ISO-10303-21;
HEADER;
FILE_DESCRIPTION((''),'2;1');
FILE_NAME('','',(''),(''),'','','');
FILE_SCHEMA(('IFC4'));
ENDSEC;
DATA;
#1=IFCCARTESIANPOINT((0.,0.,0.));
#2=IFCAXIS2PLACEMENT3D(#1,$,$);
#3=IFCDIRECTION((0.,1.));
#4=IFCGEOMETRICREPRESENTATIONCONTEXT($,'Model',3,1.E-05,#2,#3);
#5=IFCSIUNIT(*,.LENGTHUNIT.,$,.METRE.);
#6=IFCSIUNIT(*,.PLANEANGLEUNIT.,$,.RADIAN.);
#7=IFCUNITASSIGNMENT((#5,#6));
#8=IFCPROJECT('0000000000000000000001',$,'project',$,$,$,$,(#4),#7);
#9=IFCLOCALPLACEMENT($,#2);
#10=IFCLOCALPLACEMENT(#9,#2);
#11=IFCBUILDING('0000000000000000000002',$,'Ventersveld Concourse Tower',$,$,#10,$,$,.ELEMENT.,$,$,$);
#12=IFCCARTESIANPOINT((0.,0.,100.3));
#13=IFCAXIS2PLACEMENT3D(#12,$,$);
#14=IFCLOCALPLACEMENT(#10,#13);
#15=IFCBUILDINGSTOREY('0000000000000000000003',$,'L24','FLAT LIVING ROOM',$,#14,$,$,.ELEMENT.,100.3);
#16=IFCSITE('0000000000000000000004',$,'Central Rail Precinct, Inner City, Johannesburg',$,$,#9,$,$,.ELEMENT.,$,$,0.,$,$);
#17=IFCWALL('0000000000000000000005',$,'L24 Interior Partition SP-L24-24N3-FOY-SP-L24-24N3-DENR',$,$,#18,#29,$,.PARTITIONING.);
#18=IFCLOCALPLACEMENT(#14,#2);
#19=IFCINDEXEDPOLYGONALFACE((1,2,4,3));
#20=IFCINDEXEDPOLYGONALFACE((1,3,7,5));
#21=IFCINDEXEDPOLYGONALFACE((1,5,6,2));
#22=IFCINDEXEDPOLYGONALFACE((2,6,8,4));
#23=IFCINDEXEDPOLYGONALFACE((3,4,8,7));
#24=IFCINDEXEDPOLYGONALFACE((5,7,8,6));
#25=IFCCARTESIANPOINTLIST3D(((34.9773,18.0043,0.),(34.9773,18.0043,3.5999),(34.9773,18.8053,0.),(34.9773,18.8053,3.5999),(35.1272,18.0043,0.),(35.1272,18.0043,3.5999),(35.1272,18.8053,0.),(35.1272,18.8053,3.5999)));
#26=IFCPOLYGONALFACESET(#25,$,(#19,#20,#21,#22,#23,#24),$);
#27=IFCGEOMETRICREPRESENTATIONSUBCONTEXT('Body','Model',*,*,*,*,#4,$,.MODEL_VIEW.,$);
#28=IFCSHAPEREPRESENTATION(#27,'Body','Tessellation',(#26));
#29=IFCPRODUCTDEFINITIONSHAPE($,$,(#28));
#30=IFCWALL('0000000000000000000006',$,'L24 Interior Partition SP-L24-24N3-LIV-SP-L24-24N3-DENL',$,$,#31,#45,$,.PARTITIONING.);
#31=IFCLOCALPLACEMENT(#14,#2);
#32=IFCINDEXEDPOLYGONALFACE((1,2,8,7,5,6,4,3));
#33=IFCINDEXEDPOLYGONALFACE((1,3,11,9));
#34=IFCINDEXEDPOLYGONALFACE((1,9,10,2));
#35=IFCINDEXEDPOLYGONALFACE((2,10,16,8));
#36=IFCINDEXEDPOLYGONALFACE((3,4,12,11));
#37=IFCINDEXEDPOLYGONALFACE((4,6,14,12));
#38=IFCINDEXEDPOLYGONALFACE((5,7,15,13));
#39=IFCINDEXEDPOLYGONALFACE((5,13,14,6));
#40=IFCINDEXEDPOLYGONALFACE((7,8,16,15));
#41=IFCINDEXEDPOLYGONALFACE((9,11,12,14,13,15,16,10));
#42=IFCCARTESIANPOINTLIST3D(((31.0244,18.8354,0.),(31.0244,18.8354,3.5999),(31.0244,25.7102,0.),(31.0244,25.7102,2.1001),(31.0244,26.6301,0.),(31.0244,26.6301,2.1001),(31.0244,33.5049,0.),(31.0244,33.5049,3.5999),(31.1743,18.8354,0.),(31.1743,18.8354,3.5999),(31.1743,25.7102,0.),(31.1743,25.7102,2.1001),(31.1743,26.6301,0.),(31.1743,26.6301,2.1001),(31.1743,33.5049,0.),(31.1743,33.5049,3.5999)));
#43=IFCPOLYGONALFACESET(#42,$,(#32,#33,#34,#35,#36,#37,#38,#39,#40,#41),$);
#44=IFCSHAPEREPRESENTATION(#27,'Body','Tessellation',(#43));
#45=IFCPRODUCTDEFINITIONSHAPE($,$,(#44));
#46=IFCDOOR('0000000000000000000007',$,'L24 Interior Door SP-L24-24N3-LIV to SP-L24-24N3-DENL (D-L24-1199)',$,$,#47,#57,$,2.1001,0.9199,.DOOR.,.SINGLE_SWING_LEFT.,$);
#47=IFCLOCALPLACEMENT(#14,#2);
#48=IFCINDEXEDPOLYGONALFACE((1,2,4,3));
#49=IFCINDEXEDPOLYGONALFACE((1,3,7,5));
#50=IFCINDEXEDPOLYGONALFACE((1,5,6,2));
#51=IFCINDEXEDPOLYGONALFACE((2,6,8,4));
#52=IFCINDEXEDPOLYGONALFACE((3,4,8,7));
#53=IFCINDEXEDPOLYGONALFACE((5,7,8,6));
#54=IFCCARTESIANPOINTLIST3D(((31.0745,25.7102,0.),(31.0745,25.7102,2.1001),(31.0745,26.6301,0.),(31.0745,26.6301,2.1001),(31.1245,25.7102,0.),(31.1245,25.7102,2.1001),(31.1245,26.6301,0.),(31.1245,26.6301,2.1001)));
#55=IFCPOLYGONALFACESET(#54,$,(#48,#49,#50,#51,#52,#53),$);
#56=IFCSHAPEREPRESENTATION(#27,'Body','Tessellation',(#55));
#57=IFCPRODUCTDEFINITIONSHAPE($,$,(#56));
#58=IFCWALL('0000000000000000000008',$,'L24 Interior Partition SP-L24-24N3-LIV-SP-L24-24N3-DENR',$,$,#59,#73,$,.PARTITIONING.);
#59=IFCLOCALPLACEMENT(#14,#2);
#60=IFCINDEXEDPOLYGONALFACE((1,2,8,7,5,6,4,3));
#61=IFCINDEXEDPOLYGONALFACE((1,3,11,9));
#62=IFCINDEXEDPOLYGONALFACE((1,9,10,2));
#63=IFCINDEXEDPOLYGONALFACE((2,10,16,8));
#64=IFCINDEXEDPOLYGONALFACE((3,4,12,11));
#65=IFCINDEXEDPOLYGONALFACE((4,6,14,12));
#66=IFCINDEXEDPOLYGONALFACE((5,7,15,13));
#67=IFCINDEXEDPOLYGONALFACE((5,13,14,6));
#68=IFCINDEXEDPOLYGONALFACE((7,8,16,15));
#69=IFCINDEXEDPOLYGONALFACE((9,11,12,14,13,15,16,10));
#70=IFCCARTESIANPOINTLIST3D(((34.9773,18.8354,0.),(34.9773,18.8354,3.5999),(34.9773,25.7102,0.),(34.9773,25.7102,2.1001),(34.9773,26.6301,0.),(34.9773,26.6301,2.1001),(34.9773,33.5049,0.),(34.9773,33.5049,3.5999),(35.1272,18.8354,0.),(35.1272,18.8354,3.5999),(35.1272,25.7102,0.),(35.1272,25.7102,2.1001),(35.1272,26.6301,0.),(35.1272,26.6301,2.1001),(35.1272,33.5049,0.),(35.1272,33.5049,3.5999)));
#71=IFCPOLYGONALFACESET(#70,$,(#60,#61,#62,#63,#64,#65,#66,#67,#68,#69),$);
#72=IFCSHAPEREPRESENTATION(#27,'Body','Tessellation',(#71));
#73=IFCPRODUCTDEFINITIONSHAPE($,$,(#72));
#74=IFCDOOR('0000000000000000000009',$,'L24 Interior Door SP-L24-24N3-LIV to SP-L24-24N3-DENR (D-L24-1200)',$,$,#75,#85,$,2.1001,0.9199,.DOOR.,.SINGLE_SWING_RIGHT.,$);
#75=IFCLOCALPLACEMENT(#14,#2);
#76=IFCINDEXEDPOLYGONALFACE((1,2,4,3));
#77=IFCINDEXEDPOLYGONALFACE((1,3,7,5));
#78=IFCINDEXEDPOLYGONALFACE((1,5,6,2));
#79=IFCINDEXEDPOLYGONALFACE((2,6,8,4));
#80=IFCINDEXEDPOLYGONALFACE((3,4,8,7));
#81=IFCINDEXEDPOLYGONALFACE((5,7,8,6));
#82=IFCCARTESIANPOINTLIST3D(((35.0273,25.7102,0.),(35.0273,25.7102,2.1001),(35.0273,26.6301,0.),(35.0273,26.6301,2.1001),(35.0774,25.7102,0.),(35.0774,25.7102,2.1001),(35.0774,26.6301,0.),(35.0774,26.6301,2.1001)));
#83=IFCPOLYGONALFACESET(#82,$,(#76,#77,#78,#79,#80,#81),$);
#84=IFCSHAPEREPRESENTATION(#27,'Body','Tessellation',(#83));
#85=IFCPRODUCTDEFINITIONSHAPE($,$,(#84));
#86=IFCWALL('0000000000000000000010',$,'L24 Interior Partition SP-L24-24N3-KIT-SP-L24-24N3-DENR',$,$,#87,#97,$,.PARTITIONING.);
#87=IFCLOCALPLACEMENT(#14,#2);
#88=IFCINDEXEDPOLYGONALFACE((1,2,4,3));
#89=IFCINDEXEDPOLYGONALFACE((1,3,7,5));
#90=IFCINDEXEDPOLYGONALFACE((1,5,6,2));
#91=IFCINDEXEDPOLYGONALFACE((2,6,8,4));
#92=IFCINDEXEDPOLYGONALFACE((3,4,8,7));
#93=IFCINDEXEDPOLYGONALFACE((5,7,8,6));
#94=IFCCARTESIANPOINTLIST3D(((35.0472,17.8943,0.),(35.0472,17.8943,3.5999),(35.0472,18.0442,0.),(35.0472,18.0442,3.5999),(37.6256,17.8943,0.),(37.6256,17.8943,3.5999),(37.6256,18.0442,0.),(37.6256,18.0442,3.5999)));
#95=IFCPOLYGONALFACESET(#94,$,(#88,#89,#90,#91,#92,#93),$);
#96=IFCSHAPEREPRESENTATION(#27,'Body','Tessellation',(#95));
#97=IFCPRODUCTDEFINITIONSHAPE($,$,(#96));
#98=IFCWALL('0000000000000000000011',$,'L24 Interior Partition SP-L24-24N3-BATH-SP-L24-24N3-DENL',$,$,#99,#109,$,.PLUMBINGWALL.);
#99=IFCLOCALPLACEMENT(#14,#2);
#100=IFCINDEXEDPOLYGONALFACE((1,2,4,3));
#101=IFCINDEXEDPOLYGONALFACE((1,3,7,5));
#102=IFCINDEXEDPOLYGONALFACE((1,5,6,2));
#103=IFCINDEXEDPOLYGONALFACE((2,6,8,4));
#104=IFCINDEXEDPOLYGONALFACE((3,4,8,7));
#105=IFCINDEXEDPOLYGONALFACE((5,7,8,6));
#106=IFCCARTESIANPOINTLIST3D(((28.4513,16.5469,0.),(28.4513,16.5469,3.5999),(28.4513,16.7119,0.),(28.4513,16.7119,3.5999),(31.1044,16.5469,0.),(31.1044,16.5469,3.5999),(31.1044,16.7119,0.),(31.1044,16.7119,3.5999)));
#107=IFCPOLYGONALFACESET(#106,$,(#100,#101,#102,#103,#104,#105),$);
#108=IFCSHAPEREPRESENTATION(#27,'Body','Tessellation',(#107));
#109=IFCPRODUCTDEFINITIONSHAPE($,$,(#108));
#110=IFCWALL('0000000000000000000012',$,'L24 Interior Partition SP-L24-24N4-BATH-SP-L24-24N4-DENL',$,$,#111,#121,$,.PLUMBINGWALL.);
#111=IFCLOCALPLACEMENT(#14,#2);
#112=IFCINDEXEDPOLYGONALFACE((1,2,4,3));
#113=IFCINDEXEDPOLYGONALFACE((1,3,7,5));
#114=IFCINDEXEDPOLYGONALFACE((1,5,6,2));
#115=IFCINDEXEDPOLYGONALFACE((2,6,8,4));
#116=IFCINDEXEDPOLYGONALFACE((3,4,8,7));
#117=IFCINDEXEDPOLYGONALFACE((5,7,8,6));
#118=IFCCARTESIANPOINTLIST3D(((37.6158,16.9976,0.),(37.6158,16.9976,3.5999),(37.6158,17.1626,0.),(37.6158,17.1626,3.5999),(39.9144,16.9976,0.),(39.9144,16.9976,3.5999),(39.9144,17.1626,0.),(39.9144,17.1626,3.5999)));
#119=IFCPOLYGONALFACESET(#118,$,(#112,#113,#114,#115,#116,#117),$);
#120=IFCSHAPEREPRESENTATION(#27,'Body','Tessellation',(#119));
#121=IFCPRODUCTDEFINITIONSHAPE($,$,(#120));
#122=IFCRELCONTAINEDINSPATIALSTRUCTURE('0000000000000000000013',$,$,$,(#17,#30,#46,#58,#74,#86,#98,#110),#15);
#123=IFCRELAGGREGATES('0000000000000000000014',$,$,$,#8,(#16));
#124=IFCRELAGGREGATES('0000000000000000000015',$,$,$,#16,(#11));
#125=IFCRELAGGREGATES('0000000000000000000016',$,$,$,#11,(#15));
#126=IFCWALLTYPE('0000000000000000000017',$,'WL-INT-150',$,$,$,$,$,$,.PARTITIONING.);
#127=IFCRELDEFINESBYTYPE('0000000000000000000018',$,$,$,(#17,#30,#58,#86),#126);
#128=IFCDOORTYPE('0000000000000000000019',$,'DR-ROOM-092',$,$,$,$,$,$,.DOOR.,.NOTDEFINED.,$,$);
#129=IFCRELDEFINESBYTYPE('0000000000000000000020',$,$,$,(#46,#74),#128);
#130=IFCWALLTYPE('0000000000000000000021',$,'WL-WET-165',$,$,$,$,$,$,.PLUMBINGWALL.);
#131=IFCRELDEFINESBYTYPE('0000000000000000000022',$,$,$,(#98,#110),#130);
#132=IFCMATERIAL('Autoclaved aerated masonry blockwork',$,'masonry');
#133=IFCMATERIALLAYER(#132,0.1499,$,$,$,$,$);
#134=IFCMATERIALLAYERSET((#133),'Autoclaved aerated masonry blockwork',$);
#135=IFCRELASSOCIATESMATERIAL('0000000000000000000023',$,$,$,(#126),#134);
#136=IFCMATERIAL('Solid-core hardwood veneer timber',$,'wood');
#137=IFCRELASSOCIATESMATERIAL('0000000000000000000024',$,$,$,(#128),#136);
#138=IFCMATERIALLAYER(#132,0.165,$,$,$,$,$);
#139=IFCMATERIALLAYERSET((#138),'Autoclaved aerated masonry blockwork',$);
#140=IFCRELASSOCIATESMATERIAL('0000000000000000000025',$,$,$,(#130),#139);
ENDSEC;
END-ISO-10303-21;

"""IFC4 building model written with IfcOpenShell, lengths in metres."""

from ifc_helpers import new_model, si_unit, direction, frame, frame_2d, origin, place, context, subcontext, project, spatial, rectangle, extrude, material, layer, layer_set, type_object, element, fill, save


model = new_model("IFC4")

# Units and contexts
model_context = context("Model", 3, precision=1e-05, world=origin(), true_north=direction((0.0, 1.0)))
body_context = subcontext(model_context, "Body", "Model", "MODEL_VIEW")
ifc_project = project(units=[si_unit("LENGTHUNIT", "METRE"), si_unit("PLANEANGLEUNIT", "RADIAN")], contexts=[model_context])

# Site, building, storey
site_placement = place(None, origin())
site = spatial("IfcSite", under=ifc_project, at=site_placement, Name="Central Rail Precinct, Inner City, Johannesburg", CompositionType="ELEMENT", RefElevation=0.0)
building_placement = place(site_placement, origin())
building = spatial("IfcBuilding", under=site, at=building_placement, Name="Ventersveld Concourse Tower", CompositionType="ELEMENT")
storey_placement = place(building_placement, frame((0.0, 0.0, 100.3)))
storey = spatial("IfcBuildingStorey", under=building, at=storey_placement, Name="L24", Description="FLAT LIVING ROOM", CompositionType="ELEMENT", Elevation=100.3)

# Shared definitions
ifc_material_1 = material(Name="Autoclaved aerated masonry blockwork", Category="masonry")
ifc_layer_1 = layer(ifc_material_1, 0.1499)
ifc_layer_set_1 = layer_set([ifc_layer_1], Name="Autoclaved aerated masonry blockwork")
wall_type_1 = type_object("IfcWallType", Name="WL-INT-150", PredefinedType="PARTITIONING", material=ifc_layer_set_1)
ifc_material_2 = material(Name="Solid-core hardwood veneer timber", Category="wood")
door_type = type_object("IfcDoorType", Name="DR-ROOM-092", OperationType="NOTDEFINED", PredefinedType="DOOR", material=ifc_material_2)

# Wall
wall_1_placement = place(storey_placement, frame((35.0522, 18.0044, 0.0), z_axis=(0.0, 0.0, 1.0), x_axis=(0.0, 1.0, 0.0)))
element("IfcWall", 1, at=wall_1_placement, inside=storey, type_object=wall_type_1, Name="L24 Interior Partition SP-L24-24N3-FOY-SP-L24-24N3-DENR", PredefinedType="PARTITIONING", context=body_context, shape_type="SweptSolid", body=[
    extrude(rectangle(XDim=0.801, YDim=0.1499, at=frame_2d((0.4004, 0.0))), origin(), (0.0, 0.0, 1.0), 3.5999),
])

# Walls, openings, doors
wall_2_placement = place(storey_placement, frame((31.0994, 18.8354, 0.0), z_axis=(0.0, 0.0, 1.0), x_axis=(0.0, 1.0, 0.0)))
wall_2 = element("IfcWall", 2, at=wall_2_placement, inside=storey, type_object=wall_type_1, Name="L24 Interior Partition SP-L24-24N3-LIV-SP-L24-24N3-DENL", PredefinedType="PARTITIONING", context=body_context, shape_type="SweptSolid", body=[
    extrude(rectangle(XDim=14.6694, YDim=0.1499, at=frame_2d((7.3347, 0.0))), origin(), (0.0, 0.0, 1.0), 3.5999),
])
opening_1_placement = place(wall_2_placement, frame((6.8748, 0.0, 0.0)))
opening_1 = element("IfcOpeningElement", 3, at=opening_1_placement, cuts=wall_2, PredefinedType="OPENING", context=body_context, shape_type="SweptSolid", body=[
    extrude(rectangle(XDim=0.9199, YDim=2.1001, at=frame_2d((0.46, 1.05))), frame((0.0, 0.085, 0.0), z_axis=(0.0, -1.0, 0.0), x_axis=(1.0, 0.0, 0.0)), (0.0, 0.0, 1.0), 0.1699),
])
door_1_placement = place(opening_1_placement, origin())
door_1 = element("IfcDoor", 4, at=door_1_placement, inside=storey, type_object=door_type, Name="L24 Interior Door SP-L24-24N3-LIV to SP-L24-24N3-DENL (D-L24-1199)", OperationType="SINGLE_SWING_LEFT", OverallHeight=2.1001, OverallWidth=0.9199, PredefinedType="DOOR", context=body_context, shape_type="SweptSolid", body=[
    extrude(rectangle(XDim=0.9199, YDim=2.1001, at=frame_2d((0.46, 1.05))), frame((0.0, 0.0249, 0.0), z_axis=(0.0, -1.0, 0.0), x_axis=(1.0, 0.0, 0.0)), (0.0, 0.0, 1.0), 0.05),
])
fill(opening_1, door_1)
wall_3_placement = place(storey_placement, frame((35.0522, 18.8354, 0.0), z_axis=(0.0, 0.0, 1.0), x_axis=(0.0, 1.0, 0.0)))
wall_3 = element("IfcWall", 5, at=wall_3_placement, inside=storey, type_object=wall_type_1, Name="L24 Interior Partition SP-L24-24N3-LIV-SP-L24-24N3-DENR", PredefinedType="PARTITIONING", context=body_context, shape_type="SweptSolid", body=[
    extrude(rectangle(XDim=14.6694, YDim=0.1499, at=frame_2d((7.3347, 0.0))), origin(), (0.0, 0.0, 1.0), 3.5999),
])
opening_2_placement = place(wall_3_placement, frame((6.8748, 0.0, 0.0)))
opening_2 = element("IfcOpeningElement", 6, at=opening_2_placement, cuts=wall_3, PredefinedType="OPENING", context=body_context, shape_type="SweptSolid", body=[
    extrude(rectangle(XDim=0.9199, YDim=2.1001, at=frame_2d((0.46, 1.05))), frame((0.0, 0.085, 0.0), z_axis=(0.0, -1.0, 0.0), x_axis=(1.0, 0.0, 0.0)), (0.0, 0.0, 1.0), 0.1699),
])
door_2_placement = place(opening_2_placement, origin())
door_2 = element("IfcDoor", 7, at=door_2_placement, inside=storey, type_object=door_type, Name="L24 Interior Door SP-L24-24N3-LIV to SP-L24-24N3-DENR (D-L24-1200)", OperationType="SINGLE_SWING_RIGHT", OverallHeight=2.1001, OverallWidth=0.9199, PredefinedType="DOOR", context=body_context, shape_type="SweptSolid", body=[
    extrude(rectangle(XDim=0.9199, YDim=2.1001, at=frame_2d((0.46, 1.05))), frame((0.0, 0.0249, 0.0), z_axis=(0.0, -1.0, 0.0), x_axis=(1.0, 0.0, 0.0)), (0.0, 0.0, 1.0), 0.05),
])
fill(opening_2, door_2)

# Walls
wall_4_placement = place(storey_placement, frame((35.0474, 17.9692, 0.0), z_axis=(0.0, 0.0, 1.0), x_axis=(1.0, 0.0, 0.0)))
element("IfcWall", 8, at=wall_4_placement, inside=storey, type_object=wall_type_1, Name="L24 Interior Partition SP-L24-24N3-KIT-SP-L24-24N3-DENR", PredefinedType="PARTITIONING", context=body_context, shape_type="SweptSolid", body=[
    extrude(rectangle(XDim=2.5784, YDim=0.1499, at=frame_2d((1.2891, 0.0))), origin(), (0.0, 0.0, 1.0), 3.5999),
])
ifc_layer_2 = layer(ifc_material_1, 0.165)
ifc_layer_set_2 = layer_set([ifc_layer_2], Name="Autoclaved aerated masonry blockwork")
wall_type_2 = type_object("IfcWallType", Name="WL-WET-165", PredefinedType="PLUMBINGWALL", material=ifc_layer_set_2)
wall_5_placement = place(storey_placement, frame((28.4512, 16.6294, 0.0), z_axis=(0.0, 0.0, 1.0), x_axis=(1.0, 0.0, 0.0)))
element("IfcWall", 9, at=wall_5_placement, inside=storey, type_object=wall_type_2, Name="L24 Interior Partition SP-L24-24N3-BATH-SP-L24-24N3-DENL", PredefinedType="PLUMBINGWALL", context=body_context, shape_type="SweptSolid", body=[
    extrude(rectangle(XDim=2.6531, YDim=0.165, at=frame_2d((1.3267, 0.0))), origin(), (0.0, 0.0, 1.0), 3.5999),
])
wall_6_placement = place(storey_placement, frame((37.6157, 17.0801, 0.0), z_axis=(0.0, 0.0, 1.0), x_axis=(1.0, 0.0, 0.0)))
element("IfcWall", 10, at=wall_6_placement, inside=storey, type_object=wall_type_2, Name="L24 Interior Partition SP-L24-24N4-BATH-SP-L24-24N4-DENL", PredefinedType="PLUMBINGWALL", context=body_context, shape_type="SweptSolid", body=[
    extrude(rectangle(XDim=2.2986, YDim=0.165, at=frame_2d((1.1494, 0.0))), origin(), (0.0, 0.0, 1.0), 3.5999),
])

save(model, "model.ifc")
